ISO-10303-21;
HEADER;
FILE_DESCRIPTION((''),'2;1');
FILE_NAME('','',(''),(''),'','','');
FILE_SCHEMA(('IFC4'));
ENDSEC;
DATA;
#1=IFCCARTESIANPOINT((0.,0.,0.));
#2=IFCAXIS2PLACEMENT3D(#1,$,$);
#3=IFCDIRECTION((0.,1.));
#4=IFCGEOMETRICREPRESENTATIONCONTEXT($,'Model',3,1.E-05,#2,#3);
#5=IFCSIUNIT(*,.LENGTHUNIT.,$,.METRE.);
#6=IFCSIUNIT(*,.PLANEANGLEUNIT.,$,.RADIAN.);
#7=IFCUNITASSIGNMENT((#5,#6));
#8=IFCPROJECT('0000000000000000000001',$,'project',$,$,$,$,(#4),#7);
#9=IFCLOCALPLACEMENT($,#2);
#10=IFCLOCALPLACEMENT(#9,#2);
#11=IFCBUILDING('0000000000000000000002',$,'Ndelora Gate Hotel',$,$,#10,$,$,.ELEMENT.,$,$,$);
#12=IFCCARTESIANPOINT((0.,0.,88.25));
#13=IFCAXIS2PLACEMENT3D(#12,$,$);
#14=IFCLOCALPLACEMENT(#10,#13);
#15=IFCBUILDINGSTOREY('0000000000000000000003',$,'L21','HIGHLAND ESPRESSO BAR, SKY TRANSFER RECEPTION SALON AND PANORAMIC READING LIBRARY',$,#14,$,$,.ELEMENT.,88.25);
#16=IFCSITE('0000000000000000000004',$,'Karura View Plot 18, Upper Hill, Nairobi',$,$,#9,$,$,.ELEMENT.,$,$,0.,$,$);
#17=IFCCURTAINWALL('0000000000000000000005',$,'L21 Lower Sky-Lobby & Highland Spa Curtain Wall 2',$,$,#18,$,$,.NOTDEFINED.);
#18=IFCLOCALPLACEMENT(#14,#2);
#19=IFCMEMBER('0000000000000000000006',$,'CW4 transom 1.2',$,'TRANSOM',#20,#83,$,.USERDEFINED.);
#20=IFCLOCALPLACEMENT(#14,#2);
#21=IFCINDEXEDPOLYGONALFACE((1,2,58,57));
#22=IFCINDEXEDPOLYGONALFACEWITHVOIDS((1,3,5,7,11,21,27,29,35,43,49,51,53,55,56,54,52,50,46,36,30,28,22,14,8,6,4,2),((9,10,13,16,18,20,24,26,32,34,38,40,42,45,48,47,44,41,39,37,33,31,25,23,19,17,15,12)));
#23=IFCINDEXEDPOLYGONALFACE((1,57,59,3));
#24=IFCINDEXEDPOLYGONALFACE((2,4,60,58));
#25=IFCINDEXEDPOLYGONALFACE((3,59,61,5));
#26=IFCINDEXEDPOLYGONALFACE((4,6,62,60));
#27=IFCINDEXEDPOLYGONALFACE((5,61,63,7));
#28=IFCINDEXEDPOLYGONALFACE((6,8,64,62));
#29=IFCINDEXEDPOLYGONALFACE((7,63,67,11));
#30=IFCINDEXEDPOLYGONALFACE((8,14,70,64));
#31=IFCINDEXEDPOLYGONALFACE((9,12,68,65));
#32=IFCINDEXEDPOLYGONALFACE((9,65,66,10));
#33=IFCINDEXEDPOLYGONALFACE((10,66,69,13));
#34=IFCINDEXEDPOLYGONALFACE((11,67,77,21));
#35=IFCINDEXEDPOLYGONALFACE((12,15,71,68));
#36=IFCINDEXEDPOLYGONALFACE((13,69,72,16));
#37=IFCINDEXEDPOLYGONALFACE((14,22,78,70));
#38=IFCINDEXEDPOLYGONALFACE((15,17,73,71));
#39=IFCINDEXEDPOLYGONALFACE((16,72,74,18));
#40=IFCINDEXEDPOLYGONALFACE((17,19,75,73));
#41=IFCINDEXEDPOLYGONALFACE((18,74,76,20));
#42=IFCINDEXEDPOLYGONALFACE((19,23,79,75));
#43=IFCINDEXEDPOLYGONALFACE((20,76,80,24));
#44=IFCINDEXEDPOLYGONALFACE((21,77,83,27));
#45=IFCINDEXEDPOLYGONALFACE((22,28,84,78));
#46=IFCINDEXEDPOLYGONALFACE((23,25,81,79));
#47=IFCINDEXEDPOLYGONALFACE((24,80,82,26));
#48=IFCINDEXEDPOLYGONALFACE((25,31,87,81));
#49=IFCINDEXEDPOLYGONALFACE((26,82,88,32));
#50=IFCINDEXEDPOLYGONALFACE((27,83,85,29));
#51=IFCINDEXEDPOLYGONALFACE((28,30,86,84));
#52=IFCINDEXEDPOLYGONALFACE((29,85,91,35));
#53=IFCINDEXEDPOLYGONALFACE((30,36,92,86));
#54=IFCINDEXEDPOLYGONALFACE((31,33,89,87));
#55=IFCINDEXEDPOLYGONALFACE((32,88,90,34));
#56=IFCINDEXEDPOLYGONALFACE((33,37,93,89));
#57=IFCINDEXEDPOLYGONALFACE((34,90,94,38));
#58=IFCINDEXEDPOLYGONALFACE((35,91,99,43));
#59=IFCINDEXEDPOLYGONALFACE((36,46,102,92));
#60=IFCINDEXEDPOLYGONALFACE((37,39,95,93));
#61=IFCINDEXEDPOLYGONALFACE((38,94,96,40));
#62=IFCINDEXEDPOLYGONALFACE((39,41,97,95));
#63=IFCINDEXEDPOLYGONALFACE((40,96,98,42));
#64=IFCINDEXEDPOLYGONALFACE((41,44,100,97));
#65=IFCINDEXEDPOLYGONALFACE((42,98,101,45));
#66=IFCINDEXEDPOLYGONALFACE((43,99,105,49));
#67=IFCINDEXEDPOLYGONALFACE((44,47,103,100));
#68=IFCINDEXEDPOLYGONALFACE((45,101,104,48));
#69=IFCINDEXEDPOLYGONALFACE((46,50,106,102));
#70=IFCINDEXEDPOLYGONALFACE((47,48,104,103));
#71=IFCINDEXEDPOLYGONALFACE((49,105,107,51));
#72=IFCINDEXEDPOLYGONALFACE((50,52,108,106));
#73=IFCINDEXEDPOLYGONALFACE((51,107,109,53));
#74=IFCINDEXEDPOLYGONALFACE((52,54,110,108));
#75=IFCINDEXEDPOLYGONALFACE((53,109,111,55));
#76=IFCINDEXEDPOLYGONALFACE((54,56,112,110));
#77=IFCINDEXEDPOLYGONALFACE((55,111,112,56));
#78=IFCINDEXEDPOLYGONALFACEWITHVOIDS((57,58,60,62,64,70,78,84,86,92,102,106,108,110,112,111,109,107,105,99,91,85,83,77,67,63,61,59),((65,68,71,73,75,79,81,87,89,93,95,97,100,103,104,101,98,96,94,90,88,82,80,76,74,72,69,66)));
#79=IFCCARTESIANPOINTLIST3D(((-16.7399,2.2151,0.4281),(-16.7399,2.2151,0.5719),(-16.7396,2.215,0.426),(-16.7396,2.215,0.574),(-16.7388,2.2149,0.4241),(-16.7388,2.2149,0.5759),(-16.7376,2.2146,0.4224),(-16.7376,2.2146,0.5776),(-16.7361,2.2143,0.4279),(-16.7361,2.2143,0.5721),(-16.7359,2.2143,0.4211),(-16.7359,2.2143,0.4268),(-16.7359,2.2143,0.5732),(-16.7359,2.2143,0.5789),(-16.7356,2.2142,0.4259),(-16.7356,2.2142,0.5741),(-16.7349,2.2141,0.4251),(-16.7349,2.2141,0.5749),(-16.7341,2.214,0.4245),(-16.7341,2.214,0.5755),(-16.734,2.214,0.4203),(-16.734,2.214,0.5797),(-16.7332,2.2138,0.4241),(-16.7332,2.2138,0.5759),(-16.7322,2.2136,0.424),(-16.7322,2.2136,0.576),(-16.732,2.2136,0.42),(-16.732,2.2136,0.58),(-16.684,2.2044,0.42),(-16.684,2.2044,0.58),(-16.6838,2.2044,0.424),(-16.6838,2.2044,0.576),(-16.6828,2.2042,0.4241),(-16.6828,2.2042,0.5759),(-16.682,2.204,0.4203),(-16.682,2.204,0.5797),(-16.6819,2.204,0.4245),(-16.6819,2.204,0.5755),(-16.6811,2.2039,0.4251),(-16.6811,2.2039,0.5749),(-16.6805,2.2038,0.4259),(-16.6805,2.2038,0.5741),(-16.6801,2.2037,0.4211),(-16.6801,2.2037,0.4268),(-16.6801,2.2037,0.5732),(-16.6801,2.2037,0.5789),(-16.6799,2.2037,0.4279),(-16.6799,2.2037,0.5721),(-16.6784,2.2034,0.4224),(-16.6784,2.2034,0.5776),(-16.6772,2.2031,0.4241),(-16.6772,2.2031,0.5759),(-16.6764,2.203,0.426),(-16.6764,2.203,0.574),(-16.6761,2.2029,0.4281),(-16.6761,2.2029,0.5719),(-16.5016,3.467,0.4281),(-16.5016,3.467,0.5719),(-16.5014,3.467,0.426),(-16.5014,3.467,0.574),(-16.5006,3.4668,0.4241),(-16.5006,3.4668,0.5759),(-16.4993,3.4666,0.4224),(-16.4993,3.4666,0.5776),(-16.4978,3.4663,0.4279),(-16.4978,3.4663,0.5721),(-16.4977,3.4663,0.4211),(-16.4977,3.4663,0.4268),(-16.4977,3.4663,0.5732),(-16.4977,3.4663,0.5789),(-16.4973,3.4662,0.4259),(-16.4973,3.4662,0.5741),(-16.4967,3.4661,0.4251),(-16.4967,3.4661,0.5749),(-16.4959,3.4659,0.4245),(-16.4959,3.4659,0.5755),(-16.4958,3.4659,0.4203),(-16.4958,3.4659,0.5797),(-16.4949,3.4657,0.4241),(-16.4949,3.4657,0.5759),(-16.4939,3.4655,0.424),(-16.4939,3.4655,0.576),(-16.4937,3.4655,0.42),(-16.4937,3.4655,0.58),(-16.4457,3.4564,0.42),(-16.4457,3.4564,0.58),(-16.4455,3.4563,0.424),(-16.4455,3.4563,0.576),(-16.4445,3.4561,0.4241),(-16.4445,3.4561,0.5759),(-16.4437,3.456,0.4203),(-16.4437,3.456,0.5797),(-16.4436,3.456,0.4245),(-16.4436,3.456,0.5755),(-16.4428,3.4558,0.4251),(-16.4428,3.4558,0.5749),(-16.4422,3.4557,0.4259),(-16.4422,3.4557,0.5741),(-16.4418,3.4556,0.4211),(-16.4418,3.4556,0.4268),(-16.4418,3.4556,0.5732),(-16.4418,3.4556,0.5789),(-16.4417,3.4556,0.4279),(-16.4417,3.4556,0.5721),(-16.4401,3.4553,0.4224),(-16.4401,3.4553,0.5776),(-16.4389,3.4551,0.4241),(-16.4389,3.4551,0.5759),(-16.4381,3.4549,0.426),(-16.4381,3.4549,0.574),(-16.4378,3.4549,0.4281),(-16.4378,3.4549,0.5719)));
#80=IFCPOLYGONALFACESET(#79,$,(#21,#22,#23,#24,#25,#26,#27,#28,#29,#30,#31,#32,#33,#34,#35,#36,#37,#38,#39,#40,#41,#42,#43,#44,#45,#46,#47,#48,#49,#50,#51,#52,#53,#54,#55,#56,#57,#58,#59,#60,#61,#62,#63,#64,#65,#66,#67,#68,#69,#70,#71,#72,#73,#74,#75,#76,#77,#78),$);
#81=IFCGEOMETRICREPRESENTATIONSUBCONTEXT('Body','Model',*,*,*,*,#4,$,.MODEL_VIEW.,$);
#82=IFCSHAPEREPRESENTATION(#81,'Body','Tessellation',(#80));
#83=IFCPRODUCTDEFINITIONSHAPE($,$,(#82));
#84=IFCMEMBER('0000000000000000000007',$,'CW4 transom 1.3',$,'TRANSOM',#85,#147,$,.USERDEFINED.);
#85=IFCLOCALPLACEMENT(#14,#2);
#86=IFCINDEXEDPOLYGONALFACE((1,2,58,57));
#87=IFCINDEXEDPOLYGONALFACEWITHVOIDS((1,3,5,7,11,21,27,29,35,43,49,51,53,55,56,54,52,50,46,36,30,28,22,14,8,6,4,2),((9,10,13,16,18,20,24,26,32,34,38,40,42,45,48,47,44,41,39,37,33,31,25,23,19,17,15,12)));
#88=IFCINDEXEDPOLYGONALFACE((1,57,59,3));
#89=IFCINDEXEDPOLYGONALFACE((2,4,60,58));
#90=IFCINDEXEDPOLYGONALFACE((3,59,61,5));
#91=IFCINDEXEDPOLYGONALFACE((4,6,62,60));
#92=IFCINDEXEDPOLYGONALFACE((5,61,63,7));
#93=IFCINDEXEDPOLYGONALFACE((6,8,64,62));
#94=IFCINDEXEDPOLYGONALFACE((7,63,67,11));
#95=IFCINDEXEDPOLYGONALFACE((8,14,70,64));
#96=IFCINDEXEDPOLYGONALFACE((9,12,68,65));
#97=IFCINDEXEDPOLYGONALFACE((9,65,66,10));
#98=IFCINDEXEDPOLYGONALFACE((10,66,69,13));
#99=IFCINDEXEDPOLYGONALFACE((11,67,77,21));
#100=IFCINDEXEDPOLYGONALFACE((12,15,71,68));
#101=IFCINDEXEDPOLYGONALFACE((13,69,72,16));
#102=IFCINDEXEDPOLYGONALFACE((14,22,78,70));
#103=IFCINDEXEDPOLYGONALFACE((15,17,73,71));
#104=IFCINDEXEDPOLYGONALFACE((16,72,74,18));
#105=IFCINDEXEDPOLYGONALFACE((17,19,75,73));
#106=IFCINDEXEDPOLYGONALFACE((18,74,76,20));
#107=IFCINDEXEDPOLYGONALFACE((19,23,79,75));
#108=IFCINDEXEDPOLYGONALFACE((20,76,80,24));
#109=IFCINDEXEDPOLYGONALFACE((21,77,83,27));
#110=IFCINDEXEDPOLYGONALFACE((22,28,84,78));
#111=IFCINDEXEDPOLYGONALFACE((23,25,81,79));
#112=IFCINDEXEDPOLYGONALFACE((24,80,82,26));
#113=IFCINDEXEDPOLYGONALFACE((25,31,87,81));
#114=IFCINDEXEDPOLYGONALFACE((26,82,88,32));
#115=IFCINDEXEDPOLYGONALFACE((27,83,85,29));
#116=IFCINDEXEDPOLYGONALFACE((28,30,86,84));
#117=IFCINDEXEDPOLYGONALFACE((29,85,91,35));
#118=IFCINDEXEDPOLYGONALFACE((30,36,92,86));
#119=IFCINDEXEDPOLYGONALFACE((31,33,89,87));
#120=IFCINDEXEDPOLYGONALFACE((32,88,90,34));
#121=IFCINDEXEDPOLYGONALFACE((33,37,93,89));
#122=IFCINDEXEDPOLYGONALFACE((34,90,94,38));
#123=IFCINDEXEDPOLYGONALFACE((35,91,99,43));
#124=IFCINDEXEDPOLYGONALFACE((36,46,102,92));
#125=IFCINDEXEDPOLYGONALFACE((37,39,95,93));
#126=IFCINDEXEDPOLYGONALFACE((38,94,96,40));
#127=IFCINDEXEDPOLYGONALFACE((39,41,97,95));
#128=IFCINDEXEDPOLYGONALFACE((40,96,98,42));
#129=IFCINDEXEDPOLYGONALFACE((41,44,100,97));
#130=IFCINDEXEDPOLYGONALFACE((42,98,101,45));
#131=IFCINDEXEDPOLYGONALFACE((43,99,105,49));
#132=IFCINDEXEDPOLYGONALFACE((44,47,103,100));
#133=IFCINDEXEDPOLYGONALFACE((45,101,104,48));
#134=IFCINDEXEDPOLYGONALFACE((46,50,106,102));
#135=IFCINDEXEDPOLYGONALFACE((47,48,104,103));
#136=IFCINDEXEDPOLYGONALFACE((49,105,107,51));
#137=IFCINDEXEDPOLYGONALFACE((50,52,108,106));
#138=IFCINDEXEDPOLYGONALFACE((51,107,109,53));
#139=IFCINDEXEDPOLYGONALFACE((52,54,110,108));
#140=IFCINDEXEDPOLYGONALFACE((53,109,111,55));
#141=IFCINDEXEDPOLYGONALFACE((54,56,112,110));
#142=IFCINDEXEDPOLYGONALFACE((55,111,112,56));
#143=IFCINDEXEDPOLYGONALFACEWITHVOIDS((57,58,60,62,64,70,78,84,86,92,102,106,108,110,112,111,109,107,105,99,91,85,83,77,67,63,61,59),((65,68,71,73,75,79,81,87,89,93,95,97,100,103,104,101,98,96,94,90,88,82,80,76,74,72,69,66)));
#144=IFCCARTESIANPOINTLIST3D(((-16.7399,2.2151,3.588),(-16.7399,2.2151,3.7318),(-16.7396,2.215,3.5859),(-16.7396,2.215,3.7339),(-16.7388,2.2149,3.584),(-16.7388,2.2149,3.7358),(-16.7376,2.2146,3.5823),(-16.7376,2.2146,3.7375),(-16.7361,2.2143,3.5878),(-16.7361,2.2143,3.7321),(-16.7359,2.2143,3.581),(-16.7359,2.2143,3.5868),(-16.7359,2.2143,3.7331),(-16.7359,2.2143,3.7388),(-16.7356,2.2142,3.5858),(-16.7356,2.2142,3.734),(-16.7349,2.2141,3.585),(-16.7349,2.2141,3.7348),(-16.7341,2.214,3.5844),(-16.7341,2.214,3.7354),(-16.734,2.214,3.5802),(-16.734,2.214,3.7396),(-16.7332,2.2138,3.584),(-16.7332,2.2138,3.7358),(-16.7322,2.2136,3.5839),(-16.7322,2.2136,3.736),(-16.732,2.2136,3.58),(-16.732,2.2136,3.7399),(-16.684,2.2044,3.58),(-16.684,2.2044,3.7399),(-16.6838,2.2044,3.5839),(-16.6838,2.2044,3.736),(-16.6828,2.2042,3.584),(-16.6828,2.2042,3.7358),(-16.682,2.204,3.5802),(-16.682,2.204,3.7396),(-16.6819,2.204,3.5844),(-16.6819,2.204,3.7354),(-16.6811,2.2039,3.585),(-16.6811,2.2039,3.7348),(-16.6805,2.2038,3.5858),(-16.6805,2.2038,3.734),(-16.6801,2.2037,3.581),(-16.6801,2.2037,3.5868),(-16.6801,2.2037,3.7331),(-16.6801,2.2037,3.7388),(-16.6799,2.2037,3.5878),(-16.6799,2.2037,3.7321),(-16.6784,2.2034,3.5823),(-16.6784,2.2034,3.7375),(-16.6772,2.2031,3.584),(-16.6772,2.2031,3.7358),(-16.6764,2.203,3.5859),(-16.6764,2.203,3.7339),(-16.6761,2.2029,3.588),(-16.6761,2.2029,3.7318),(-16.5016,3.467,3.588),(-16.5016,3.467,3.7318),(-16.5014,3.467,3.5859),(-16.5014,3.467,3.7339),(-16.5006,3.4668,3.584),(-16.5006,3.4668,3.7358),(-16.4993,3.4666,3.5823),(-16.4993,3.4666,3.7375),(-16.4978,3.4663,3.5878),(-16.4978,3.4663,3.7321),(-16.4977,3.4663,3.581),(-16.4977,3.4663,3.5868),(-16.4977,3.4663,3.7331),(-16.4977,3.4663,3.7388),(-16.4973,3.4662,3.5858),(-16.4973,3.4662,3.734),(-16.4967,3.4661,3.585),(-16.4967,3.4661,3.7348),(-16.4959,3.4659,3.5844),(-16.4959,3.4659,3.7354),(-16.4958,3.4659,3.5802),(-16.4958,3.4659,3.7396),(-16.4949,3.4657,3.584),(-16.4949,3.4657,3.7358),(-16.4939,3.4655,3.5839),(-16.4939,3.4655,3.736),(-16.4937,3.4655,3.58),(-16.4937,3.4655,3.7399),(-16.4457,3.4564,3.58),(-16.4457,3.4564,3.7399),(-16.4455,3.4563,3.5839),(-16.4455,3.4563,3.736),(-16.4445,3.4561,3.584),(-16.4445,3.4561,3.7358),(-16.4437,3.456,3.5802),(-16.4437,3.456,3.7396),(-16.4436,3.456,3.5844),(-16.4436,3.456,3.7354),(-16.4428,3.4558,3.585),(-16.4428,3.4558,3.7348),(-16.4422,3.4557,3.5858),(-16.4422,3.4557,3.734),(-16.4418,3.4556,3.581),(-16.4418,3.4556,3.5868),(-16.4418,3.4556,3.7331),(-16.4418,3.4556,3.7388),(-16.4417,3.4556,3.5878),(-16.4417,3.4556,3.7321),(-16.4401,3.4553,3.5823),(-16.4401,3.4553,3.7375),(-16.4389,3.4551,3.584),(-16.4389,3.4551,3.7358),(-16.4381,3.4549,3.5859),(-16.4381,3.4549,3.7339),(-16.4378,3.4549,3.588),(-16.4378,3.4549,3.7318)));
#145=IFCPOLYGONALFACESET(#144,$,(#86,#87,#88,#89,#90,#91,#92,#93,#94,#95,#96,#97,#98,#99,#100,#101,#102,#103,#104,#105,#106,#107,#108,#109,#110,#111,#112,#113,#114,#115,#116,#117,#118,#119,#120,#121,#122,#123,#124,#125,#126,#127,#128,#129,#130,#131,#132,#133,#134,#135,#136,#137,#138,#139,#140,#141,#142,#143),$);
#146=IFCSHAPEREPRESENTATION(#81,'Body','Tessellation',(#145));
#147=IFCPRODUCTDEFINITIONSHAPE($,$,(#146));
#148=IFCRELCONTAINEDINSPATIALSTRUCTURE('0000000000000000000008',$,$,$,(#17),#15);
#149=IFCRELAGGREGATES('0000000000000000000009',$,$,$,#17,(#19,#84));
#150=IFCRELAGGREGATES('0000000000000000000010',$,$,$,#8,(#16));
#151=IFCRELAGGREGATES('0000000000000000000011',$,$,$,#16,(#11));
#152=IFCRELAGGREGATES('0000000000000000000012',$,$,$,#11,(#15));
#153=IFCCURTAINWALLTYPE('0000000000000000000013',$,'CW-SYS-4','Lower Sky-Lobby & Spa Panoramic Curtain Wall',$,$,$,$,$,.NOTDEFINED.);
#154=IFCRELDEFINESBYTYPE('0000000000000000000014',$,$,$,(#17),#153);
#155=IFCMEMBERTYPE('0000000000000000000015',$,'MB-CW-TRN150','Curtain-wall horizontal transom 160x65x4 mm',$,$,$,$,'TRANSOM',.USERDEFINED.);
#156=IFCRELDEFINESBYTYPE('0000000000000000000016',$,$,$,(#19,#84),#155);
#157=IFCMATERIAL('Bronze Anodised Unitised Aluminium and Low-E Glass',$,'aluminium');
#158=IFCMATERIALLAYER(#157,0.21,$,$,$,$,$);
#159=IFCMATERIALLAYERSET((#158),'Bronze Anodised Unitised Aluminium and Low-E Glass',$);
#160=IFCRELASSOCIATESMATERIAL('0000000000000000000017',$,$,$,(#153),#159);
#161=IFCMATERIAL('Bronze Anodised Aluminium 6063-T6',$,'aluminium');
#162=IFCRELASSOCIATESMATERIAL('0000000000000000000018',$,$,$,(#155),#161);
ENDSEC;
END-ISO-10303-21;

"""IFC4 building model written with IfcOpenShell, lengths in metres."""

from ifc_helpers import new_model, si_unit, direction, frame, origin, origin_2d, place, context, subcontext, project, spatial, hollow_rectangle, extrude, material, layer, layer_set, material_profile, profile_set, type_object, element, aggregate, save


model = new_model("IFC4")

# Units and contexts
model_context = context("Model", 3, precision=1e-05, world=origin(), true_north=direction((0.0, 1.0)))
body_context = subcontext(model_context, "Body", "Model", "MODEL_VIEW")
ifc_project = project(units=[si_unit("LENGTHUNIT", "METRE"), si_unit("PLANEANGLEUNIT", "RADIAN")], contexts=[model_context])

# Site, building, storey
site_placement = place(None, origin())
site = spatial("IfcSite", under=ifc_project, at=site_placement, Name="Karura View Plot 18, Upper Hill, Nairobi", CompositionType="ELEMENT", RefElevation=0.0)
building_placement = place(site_placement, origin())
building = spatial("IfcBuilding", under=site, at=building_placement, Name="Ndelora Gate Hotel", CompositionType="ELEMENT")
storey_placement = place(building_placement, frame((0.0, 0.0, 88.25)))
storey = spatial("IfcBuildingStorey", under=building, at=storey_placement, Name="L21", Description="HIGHLAND ESPRESSO BAR, SKY TRANSFER RECEPTION SALON AND PANORAMIC READING LIBRARY", CompositionType="ELEMENT", Elevation=88.25)

# Curtain wall, members
ifc_material_1 = material(Name="Bronze Anodised Unitised Aluminium and Low-E Glass", Category="aluminium")
ifc_layer_1 = layer(ifc_material_1, 0.21)
ifc_layer_set_1 = layer_set([ifc_layer_1], Name="Bronze Anodised Unitised Aluminium and Low-E Glass")
curtain_wall_type = type_object("IfcCurtainWallType", Name="CW-SYS-4", Description="Lower Sky-Lobby & Spa Panoramic Curtain Wall", PredefinedType="NOTDEFINED", material=ifc_layer_set_1)
curtain_wall_placement = place(storey_placement, origin())
curtain_wall = element("IfcCurtainWall", 1, at=curtain_wall_placement, inside=storey, type_object=curtain_wall_type, Name="L21 Lower Sky-Lobby & Highland Spa Curtain Wall 2", PredefinedType="NOTDEFINED")
ifc_material_2 = material(Name="Bronze Anodised Aluminium 6063-T6", Category="aluminium")
ifc_material_profile_1 = material_profile(ifc_material_2, hollow_rectangle(XDim=0.0649, YDim=0.1599, WallThickness=0.0039, InnerFilletRadius=0.0039, OuterFilletRadius=0.0081, at=origin_2d()), Name="ALU 160x65x4")
ifc_profile_set_1 = profile_set([ifc_material_profile_1], Name="Bronze Anodised Aluminium 6063-T6")
member_type_1 = type_object("IfcMemberType", Name="MB-CW-TRN150", Description="Curtain-wall horizontal transom 160x65x4 mm", ElementType="TRANSOM", PredefinedType="USERDEFINED", material=ifc_profile_set_1)
member_1_placement = place(storey_placement, frame((-16.4697, 3.4609, 0.5), z_axis=(-0.186971, -0.982365, 0.0), x_axis=(0.982365, -0.186971, 0.0)))
member_1 = element("IfcMember", 2, at=member_1_placement, type_object=member_type_1, Name="CW4 transom 1.2", ObjectType="TRANSOM", PredefinedType="USERDEFINED", context=body_context, shape_type="SweptSolid", body=[
    extrude(hollow_rectangle(XDim=0.0649, YDim=0.1599, WallThickness=0.0039, InnerFilletRadius=0.0039, OuterFilletRadius=0.0081, at=origin_2d()), origin(), (0.0, 0.0, 1.0), 1.2744),
])
member_2_placement = place(storey_placement, frame((-16.4697, 3.4609, 3.6599), z_axis=(-0.186971, -0.982365, 0.0), x_axis=(0.982365, -0.186971, 0.0)))
member_2 = element("IfcMember", 3, at=member_2_placement, type_object=member_type_1, Name="CW4 transom 1.3", ObjectType="TRANSOM", PredefinedType="USERDEFINED", context=body_context, shape_type="SweptSolid", body=[
    extrude(hollow_rectangle(XDim=0.0649, YDim=0.1599, WallThickness=0.0039, InnerFilletRadius=0.0039, OuterFilletRadius=0.0081, at=origin_2d()), origin(), (0.0, 0.0, 1.0), 1.2744),
])
aggregate(curtain_wall, [member_1, member_2])

save(model, "model.ifc")
